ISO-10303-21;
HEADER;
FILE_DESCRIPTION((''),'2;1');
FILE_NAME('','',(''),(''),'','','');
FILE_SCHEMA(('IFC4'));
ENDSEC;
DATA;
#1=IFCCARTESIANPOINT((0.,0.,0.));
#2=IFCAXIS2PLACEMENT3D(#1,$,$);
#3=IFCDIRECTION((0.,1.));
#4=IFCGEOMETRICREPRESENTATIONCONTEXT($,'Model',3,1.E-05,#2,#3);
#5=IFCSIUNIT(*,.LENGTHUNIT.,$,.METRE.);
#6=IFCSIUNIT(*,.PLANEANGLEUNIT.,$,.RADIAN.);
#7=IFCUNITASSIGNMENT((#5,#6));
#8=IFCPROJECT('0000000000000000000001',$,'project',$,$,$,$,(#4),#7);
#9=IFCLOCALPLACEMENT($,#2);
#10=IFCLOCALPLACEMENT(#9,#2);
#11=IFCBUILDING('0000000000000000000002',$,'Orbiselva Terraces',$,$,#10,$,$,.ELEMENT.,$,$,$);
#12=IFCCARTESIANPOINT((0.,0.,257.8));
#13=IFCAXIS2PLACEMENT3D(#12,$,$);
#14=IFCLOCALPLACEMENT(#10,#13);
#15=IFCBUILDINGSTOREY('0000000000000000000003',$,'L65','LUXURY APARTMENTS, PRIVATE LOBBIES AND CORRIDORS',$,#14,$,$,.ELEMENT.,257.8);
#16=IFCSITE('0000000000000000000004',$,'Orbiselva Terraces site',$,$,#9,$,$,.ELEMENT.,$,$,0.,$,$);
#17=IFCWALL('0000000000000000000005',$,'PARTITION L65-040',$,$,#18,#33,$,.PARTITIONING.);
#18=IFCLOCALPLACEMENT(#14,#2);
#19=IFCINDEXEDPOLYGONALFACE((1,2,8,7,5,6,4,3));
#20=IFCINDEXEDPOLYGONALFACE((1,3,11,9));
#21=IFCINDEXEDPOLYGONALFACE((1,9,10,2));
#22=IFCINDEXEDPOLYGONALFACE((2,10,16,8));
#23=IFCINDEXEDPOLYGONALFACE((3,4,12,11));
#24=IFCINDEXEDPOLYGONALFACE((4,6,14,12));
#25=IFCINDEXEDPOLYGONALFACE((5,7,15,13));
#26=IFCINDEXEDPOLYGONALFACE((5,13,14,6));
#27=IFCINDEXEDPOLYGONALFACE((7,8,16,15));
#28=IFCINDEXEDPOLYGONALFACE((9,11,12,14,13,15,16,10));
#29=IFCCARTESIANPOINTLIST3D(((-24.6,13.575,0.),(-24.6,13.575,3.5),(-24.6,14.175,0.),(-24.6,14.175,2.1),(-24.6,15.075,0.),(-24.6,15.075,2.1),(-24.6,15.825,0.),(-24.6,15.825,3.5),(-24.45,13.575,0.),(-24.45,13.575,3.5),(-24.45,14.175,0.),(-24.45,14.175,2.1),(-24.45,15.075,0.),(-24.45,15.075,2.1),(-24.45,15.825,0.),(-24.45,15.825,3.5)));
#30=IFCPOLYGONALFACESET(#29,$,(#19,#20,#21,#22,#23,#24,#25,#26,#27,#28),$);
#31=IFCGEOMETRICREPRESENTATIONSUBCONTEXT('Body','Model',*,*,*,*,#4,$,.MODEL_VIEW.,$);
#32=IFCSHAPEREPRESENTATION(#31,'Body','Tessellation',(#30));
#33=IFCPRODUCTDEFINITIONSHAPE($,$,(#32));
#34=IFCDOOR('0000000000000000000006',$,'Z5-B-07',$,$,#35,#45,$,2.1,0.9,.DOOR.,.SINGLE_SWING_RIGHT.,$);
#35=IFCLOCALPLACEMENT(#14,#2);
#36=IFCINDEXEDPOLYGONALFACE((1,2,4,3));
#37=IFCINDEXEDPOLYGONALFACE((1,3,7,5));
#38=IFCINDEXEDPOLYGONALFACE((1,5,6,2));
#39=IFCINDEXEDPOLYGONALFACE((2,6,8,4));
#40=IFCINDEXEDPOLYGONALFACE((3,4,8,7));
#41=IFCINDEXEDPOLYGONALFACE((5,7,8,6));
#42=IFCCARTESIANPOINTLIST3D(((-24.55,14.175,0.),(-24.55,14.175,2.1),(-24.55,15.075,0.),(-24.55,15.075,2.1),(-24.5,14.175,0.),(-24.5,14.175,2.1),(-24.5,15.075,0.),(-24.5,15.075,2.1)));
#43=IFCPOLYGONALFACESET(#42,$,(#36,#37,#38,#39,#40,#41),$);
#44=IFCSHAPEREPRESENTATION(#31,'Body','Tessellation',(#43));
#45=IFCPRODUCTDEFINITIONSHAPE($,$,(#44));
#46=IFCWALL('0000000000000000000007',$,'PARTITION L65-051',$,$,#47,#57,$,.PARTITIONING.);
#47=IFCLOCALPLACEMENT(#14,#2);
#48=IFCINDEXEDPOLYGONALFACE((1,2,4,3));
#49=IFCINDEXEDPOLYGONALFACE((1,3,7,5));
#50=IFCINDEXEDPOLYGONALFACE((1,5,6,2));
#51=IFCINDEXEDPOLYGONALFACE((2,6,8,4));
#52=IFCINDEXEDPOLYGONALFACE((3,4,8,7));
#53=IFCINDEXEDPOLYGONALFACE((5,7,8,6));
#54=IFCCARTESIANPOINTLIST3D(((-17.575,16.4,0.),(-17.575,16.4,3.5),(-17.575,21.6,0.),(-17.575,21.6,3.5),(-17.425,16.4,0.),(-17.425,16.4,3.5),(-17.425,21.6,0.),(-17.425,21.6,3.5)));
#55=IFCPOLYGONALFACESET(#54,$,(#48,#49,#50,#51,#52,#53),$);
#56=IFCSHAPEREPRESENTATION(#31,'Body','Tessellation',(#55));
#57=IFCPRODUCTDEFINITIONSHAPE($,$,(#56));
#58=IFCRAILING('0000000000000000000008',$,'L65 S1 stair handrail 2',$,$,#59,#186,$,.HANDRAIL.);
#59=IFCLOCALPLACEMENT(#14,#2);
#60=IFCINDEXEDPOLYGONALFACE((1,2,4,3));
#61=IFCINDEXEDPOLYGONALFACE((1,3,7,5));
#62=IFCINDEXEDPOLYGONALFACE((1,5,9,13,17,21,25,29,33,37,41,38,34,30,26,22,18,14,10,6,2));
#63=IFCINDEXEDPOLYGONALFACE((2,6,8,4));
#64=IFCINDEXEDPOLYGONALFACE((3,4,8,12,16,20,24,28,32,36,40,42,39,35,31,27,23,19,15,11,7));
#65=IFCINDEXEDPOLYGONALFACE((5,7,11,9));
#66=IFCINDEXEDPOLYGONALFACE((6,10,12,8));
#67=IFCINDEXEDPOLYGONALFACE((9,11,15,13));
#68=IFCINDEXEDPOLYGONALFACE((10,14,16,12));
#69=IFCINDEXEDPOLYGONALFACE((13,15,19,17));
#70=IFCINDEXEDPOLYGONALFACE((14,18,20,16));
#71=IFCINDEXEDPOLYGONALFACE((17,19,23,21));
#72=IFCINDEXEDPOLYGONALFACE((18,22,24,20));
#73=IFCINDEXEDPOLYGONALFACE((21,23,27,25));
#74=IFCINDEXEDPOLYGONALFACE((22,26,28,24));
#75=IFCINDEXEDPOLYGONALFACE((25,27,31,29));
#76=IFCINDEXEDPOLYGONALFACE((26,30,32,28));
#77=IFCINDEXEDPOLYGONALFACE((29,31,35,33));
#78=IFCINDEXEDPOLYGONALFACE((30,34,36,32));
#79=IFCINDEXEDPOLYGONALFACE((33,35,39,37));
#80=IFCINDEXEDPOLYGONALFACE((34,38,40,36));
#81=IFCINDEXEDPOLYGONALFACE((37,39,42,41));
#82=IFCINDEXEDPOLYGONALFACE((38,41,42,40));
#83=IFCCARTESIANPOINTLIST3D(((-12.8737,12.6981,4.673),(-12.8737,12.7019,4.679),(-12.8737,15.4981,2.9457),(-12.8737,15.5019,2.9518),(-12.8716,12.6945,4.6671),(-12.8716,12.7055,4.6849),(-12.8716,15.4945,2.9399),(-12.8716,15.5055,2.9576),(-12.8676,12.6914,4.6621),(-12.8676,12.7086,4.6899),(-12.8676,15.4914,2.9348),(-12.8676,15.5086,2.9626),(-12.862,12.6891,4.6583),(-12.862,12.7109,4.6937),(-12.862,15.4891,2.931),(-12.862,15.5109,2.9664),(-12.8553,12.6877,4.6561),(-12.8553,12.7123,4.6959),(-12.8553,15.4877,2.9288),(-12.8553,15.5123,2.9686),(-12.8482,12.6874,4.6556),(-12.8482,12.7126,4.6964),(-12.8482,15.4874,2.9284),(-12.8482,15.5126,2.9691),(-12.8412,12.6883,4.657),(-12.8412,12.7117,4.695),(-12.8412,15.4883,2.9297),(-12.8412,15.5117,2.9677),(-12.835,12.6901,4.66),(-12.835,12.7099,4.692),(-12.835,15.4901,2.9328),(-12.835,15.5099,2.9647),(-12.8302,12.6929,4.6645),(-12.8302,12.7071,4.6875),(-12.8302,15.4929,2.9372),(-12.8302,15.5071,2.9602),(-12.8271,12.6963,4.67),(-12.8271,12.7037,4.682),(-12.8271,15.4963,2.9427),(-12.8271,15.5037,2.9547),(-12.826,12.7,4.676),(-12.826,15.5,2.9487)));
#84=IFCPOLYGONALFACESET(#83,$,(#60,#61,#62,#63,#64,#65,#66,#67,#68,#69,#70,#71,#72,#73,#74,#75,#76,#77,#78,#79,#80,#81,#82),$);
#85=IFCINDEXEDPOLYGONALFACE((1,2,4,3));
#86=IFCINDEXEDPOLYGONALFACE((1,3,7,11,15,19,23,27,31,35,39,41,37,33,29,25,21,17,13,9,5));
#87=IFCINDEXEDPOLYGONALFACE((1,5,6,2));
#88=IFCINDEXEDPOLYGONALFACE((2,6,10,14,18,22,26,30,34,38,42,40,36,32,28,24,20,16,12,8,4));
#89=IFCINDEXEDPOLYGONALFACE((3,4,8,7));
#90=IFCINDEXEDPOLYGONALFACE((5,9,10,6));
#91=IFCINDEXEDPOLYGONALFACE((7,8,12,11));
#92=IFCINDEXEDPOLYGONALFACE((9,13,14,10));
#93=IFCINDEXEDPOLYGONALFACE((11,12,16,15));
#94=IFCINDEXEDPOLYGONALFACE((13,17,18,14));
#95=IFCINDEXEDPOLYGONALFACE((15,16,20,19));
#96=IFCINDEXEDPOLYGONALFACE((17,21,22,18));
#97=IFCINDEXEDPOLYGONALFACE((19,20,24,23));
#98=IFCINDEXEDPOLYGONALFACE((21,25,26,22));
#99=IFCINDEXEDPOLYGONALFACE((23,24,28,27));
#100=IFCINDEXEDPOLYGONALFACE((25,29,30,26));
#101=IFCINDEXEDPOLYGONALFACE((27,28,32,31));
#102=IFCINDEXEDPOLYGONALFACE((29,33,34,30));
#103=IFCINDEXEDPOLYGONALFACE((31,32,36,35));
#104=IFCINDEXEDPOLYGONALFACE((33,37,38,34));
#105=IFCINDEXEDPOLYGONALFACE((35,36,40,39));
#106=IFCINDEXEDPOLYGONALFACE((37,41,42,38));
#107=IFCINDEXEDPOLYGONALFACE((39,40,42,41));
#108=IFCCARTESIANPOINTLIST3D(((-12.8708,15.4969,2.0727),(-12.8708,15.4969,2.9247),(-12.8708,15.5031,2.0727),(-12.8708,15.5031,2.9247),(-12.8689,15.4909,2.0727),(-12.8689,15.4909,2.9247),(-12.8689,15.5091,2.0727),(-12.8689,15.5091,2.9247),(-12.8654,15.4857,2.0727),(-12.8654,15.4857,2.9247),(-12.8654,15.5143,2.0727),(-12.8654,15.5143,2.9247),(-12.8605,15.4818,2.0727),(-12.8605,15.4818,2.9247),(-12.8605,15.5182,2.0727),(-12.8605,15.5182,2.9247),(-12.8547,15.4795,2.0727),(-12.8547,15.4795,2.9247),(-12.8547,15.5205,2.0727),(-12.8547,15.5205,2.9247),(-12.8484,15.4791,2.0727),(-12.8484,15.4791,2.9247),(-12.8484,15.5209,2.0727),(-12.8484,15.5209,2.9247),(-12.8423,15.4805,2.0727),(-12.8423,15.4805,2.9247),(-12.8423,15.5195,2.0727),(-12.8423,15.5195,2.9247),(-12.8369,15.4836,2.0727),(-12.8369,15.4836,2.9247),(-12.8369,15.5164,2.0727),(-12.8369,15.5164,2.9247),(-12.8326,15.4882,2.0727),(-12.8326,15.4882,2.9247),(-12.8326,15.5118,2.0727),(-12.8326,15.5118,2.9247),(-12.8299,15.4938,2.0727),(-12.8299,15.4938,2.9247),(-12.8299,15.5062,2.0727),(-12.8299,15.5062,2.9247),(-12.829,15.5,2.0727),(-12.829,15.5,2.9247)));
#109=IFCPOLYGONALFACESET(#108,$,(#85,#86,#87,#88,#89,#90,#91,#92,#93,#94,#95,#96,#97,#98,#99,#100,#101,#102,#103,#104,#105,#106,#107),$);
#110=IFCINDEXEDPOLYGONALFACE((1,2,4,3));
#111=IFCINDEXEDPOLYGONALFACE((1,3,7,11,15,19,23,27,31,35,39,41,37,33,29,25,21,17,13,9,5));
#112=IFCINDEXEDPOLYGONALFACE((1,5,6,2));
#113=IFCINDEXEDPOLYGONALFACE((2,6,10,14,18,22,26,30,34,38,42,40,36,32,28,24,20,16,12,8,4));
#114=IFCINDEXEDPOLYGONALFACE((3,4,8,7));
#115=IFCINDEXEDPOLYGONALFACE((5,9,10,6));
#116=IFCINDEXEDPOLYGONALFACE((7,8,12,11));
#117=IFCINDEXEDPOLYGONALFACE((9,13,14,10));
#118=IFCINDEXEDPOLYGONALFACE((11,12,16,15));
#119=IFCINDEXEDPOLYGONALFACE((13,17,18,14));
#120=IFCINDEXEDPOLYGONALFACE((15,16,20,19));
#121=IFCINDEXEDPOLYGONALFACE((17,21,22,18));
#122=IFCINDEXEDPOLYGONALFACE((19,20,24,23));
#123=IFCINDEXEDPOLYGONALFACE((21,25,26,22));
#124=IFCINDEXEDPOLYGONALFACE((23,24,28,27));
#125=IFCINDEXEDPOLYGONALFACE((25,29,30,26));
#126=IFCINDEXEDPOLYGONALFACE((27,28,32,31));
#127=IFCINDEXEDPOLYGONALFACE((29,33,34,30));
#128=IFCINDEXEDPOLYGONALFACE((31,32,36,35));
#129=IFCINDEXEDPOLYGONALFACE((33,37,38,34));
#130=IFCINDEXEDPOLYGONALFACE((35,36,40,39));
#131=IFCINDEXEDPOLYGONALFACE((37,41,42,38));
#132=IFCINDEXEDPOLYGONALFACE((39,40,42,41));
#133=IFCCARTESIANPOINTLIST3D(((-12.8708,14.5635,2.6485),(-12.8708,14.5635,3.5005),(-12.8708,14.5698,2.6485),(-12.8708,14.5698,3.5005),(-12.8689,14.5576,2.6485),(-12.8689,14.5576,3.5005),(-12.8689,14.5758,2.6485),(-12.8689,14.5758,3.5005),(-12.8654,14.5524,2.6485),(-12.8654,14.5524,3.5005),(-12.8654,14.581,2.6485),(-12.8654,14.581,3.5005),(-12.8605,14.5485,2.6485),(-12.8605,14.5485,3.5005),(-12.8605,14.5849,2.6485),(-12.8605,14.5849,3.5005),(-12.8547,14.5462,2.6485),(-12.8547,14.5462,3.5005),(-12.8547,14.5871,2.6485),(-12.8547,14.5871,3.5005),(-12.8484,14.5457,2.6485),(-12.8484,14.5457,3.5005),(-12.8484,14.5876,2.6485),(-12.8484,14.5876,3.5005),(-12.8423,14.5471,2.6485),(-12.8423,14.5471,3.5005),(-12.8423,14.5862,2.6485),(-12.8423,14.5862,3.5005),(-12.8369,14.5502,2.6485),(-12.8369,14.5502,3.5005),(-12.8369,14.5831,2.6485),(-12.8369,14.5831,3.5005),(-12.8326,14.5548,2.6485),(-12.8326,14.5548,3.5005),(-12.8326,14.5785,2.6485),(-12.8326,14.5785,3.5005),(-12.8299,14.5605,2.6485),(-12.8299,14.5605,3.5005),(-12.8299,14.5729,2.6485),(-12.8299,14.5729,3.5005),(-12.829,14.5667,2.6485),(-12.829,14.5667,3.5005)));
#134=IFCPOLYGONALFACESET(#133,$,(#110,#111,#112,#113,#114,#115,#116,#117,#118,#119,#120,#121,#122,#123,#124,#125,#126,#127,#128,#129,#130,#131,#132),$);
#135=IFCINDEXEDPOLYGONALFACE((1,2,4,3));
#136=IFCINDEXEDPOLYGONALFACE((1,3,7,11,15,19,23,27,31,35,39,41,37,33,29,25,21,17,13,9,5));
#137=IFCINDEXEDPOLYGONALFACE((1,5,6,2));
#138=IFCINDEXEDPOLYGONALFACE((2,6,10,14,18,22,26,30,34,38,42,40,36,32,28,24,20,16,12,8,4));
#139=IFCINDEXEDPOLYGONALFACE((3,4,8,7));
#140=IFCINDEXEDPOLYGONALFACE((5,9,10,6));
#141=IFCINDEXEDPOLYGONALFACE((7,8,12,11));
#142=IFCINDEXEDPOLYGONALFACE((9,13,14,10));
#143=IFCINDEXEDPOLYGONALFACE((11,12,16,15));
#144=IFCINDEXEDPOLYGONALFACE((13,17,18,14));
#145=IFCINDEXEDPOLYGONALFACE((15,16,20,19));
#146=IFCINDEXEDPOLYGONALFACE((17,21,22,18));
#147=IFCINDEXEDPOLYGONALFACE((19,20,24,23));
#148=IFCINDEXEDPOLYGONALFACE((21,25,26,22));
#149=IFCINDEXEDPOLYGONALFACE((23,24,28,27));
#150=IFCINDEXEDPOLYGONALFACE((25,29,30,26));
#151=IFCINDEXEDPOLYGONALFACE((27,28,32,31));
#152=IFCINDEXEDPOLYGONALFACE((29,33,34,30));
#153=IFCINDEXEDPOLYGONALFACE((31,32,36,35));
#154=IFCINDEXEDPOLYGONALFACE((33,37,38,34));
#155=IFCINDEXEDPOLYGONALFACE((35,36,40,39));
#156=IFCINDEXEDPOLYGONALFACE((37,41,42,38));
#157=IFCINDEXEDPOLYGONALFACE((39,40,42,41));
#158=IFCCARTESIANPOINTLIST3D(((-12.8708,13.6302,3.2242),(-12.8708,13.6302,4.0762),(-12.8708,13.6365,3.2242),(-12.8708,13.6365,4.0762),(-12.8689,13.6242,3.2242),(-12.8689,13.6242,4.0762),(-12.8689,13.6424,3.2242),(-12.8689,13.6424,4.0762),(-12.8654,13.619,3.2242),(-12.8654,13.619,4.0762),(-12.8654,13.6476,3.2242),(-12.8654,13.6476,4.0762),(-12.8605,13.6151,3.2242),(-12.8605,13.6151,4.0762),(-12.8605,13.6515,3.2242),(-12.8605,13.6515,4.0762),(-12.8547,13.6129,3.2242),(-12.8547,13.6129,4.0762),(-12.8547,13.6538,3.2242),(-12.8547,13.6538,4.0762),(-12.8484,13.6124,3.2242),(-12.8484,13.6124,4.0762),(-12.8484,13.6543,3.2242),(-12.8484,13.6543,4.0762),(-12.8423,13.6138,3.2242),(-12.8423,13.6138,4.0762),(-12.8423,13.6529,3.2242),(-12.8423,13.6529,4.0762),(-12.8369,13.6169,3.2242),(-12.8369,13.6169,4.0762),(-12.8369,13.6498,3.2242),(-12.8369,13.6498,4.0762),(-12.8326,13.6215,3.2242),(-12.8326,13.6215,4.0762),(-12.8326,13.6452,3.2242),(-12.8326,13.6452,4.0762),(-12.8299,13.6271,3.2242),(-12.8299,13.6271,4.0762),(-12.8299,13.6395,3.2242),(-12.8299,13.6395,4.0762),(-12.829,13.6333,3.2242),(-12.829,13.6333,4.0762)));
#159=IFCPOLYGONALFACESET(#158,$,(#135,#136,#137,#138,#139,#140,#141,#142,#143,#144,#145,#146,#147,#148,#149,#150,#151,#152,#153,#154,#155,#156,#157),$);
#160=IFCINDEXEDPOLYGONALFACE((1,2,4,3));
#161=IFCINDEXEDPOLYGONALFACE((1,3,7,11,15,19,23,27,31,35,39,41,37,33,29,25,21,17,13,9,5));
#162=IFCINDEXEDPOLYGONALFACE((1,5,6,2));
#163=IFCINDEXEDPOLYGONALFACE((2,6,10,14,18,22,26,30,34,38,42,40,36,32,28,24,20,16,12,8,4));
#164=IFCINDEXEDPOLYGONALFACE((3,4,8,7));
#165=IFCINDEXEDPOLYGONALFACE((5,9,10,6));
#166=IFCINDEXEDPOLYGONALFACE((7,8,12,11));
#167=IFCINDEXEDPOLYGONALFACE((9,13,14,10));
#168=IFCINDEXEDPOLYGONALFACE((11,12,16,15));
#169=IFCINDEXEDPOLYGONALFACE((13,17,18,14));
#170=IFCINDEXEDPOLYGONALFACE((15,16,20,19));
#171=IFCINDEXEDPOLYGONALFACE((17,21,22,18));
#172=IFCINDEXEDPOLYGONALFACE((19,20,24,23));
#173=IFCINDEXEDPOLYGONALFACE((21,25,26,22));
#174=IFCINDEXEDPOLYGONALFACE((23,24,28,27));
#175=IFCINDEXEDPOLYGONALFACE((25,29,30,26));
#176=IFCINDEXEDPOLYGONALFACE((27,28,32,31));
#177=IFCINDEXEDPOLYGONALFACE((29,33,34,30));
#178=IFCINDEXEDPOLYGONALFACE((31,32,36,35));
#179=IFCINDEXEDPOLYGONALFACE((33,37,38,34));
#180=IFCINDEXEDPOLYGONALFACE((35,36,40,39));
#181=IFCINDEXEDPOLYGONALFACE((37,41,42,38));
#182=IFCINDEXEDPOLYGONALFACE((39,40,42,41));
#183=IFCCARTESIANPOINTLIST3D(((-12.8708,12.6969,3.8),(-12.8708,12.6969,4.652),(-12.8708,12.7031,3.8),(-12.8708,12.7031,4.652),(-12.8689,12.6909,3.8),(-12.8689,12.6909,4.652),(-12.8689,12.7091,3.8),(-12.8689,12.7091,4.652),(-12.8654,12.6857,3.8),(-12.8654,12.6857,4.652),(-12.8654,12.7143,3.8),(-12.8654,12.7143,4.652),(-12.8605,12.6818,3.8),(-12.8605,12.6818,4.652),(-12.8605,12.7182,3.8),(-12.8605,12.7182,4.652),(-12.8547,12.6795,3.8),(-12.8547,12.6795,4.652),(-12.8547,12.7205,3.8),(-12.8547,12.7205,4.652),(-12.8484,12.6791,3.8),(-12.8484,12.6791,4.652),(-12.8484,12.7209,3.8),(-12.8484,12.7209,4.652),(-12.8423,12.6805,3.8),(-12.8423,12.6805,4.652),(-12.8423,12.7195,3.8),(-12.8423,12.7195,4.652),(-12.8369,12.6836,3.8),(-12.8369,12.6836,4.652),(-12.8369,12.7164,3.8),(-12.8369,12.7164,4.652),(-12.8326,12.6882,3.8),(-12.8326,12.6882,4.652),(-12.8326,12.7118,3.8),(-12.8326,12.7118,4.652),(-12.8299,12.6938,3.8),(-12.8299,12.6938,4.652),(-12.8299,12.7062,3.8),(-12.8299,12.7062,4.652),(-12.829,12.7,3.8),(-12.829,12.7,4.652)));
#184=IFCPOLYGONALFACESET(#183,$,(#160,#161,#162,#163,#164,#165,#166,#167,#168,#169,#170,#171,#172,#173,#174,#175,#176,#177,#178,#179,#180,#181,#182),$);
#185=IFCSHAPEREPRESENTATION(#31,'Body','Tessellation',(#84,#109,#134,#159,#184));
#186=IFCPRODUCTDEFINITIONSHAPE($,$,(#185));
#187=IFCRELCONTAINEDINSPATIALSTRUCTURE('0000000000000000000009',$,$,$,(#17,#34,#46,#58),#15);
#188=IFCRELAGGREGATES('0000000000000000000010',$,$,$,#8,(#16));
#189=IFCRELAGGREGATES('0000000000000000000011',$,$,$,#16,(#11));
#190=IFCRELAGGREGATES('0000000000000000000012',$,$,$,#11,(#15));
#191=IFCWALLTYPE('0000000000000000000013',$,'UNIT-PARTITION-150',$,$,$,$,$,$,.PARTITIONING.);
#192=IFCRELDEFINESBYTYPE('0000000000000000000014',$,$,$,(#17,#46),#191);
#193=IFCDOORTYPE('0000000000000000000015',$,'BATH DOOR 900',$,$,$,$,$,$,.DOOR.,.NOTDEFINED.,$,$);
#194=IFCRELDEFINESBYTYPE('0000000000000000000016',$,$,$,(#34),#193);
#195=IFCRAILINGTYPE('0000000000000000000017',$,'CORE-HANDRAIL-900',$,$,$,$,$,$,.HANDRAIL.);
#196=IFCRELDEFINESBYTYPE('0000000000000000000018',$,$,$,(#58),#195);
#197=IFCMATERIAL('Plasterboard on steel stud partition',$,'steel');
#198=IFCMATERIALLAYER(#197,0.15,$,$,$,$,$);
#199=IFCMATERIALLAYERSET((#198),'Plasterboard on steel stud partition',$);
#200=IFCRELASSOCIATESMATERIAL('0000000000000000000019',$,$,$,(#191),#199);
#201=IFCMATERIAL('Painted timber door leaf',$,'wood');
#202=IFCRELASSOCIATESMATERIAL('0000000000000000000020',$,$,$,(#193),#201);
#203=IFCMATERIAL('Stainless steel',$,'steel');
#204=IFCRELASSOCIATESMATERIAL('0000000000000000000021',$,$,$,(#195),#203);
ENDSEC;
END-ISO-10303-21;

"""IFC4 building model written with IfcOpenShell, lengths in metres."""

from ifc_helpers import new_model, si_unit, direction, frame, frame_2d, origin, origin_2d, place, context, subcontext, project, spatial, rectangle, circle, extrude, material, layer, layer_set, type_object, element, fill, save


model = new_model("IFC4")

# Units and contexts
model_context = context("Model", 3, precision=1e-05, world=origin(), true_north=direction((0.0, 1.0)))
body_context = subcontext(model_context, "Body", "Model", "MODEL_VIEW")
ifc_project = project(units=[si_unit("LENGTHUNIT", "METRE"), si_unit("PLANEANGLEUNIT", "RADIAN")], contexts=[model_context])

# Site, building, storey
site_placement = place(None, origin())
site = spatial("IfcSite", under=ifc_project, at=site_placement, Name="Orbiselva Terraces site", CompositionType="ELEMENT", RefElevation=0.0)
building_placement = place(site_placement, origin())
building = spatial("IfcBuilding", under=site, at=building_placement, Name="Orbiselva Terraces", CompositionType="ELEMENT")
storey_placement = place(building_placement, frame((0.0, 0.0, 257.8)))
storey = spatial("IfcBuildingStorey", under=building, at=storey_placement, Name="L65", Description="LUXURY APARTMENTS, PRIVATE LOBBIES AND CORRIDORS", CompositionType="ELEMENT", Elevation=257.8)

# Shared definitions
ifc_material_1 = material(Name="Plasterboard on steel stud partition", Category="steel")
ifc_material_2 = material(Name="Painted timber door leaf", Category="wood")

# Shared definitions
ifc_layer_1 = layer(ifc_material_1, 0.15)
ifc_layer_set_1 = layer_set([ifc_layer_1], Name="Plasterboard on steel stud partition")
wall_type_1 = type_object("IfcWallType", Name="UNIT-PARTITION-150", PredefinedType="PARTITIONING", material=ifc_layer_set_1)

# Wall, opening, door
wall_1_placement = place(storey_placement, frame((-24.525, 15.825, 0.0), z_axis=(0.0, 0.0, 1.0), x_axis=(0.0, -1.0, 0.0)))
wall_1 = element("IfcWall", 1, at=wall_1_placement, inside=storey, type_object=wall_type_1, Name="PARTITION L65-040", PredefinedType="PARTITIONING", context=body_context, shape_type="SweptSolid", body=[
    extrude(rectangle(XDim=2.25, YDim=0.15, at=frame_2d((1.125, 0.0))), origin(), (0.0, 0.0, 1.0), 3.5),
])
opening_1_placement = place(wall_1_placement, frame((0.75, 0.0, 0.0)))
opening_1 = element("IfcOpeningElement", 2, at=opening_1_placement, cuts=wall_1, PredefinedType="OPENING", context=body_context, shape_type="SweptSolid", body=[
    extrude(rectangle(XDim=0.9, YDim=2.1, at=frame_2d((0.45, 1.05))), frame((0.0, 0.085, 0.0), z_axis=(0.0, -1.0, 0.0), x_axis=(1.0, 0.0, 0.0)), (0.0, 0.0, 1.0), 0.17),
])
door_type_1 = type_object("IfcDoorType", Name="BATH DOOR 900", OperationType="NOTDEFINED", PredefinedType="DOOR", material=ifc_material_2)
door_1_placement = place(opening_1_placement, origin())
door_1 = element("IfcDoor", 3, at=door_1_placement, inside=storey, type_object=door_type_1, Name="Z5-B-07", OperationType="SINGLE_SWING_RIGHT", OverallHeight=2.1, OverallWidth=0.9, PredefinedType="DOOR", context=body_context, shape_type="SweptSolid", body=[
    extrude(rectangle(XDim=0.9, YDim=2.1, at=frame_2d((0.45, 1.05))), frame((0.0, 0.025, 0.0), z_axis=(0.0, -1.0, 0.0), x_axis=(1.0, 0.0, 0.0)), (0.0, 0.0, 1.0), 0.05),
])
fill(opening_1, door_1)

# Wall
wall_2_placement = place(storey_placement, frame((-17.5, 16.4, 0.0), z_axis=(0.0, 0.0, 1.0), x_axis=(0.0, 1.0, 0.0)))
element("IfcWall", 4, at=wall_2_placement, inside=storey, type_object=wall_type_1, Name="PARTITION L65-051", PredefinedType="PARTITIONING", context=body_context, shape_type="SweptSolid", body=[
    extrude(rectangle(XDim=5.2, YDim=0.15, at=frame_2d((2.6, 0.0))), origin(), (0.0, 0.0, 1.0), 3.5),
])

# Railing
ifc_material_3 = material(Name="Stainless steel", Category="steel")
railing_type = type_object("IfcRailingType", Name="CORE-HANDRAIL-900", PredefinedType="HANDRAIL", material=ifc_material_3)
railing_placement = place(storey_placement, frame((-12.85, 15.5, 2.0727)))
element("IfcRailing", 5, at=railing_placement, inside=storey, type_object=railing_type, Name="L65 S1 stair handrail 2", PredefinedType="HANDRAIL", context=body_context, shape_type="SweptSolid", body=[
    extrude(circle(Radius=0.024, at=origin_2d()), frame((0.0, 0.0, 0.876), z_axis=(0.0, -0.851089, 0.525022), x_axis=(1.0, 0.0, 0.0)), (0.0, 0.0, 1.0), 3.2899),
    extrude(circle(Radius=0.021, at=origin_2d()), origin(), (0.0, 0.0, 1.0), 0.852),
    extrude(circle(Radius=0.021, at=origin_2d()), frame((0.0, -0.9333, 0.5758)), (0.0, 0.0, 1.0), 0.852),
    extrude(circle(Radius=0.021, at=origin_2d()), frame((0.0, -1.8667, 1.1515)), (0.0, 0.0, 1.0), 0.852),
    extrude(circle(Radius=0.021, at=origin_2d()), frame((0.0, -2.8, 1.7273)), (0.0, 0.0, 1.0), 0.852),
])

save(model, "model.ifc")
